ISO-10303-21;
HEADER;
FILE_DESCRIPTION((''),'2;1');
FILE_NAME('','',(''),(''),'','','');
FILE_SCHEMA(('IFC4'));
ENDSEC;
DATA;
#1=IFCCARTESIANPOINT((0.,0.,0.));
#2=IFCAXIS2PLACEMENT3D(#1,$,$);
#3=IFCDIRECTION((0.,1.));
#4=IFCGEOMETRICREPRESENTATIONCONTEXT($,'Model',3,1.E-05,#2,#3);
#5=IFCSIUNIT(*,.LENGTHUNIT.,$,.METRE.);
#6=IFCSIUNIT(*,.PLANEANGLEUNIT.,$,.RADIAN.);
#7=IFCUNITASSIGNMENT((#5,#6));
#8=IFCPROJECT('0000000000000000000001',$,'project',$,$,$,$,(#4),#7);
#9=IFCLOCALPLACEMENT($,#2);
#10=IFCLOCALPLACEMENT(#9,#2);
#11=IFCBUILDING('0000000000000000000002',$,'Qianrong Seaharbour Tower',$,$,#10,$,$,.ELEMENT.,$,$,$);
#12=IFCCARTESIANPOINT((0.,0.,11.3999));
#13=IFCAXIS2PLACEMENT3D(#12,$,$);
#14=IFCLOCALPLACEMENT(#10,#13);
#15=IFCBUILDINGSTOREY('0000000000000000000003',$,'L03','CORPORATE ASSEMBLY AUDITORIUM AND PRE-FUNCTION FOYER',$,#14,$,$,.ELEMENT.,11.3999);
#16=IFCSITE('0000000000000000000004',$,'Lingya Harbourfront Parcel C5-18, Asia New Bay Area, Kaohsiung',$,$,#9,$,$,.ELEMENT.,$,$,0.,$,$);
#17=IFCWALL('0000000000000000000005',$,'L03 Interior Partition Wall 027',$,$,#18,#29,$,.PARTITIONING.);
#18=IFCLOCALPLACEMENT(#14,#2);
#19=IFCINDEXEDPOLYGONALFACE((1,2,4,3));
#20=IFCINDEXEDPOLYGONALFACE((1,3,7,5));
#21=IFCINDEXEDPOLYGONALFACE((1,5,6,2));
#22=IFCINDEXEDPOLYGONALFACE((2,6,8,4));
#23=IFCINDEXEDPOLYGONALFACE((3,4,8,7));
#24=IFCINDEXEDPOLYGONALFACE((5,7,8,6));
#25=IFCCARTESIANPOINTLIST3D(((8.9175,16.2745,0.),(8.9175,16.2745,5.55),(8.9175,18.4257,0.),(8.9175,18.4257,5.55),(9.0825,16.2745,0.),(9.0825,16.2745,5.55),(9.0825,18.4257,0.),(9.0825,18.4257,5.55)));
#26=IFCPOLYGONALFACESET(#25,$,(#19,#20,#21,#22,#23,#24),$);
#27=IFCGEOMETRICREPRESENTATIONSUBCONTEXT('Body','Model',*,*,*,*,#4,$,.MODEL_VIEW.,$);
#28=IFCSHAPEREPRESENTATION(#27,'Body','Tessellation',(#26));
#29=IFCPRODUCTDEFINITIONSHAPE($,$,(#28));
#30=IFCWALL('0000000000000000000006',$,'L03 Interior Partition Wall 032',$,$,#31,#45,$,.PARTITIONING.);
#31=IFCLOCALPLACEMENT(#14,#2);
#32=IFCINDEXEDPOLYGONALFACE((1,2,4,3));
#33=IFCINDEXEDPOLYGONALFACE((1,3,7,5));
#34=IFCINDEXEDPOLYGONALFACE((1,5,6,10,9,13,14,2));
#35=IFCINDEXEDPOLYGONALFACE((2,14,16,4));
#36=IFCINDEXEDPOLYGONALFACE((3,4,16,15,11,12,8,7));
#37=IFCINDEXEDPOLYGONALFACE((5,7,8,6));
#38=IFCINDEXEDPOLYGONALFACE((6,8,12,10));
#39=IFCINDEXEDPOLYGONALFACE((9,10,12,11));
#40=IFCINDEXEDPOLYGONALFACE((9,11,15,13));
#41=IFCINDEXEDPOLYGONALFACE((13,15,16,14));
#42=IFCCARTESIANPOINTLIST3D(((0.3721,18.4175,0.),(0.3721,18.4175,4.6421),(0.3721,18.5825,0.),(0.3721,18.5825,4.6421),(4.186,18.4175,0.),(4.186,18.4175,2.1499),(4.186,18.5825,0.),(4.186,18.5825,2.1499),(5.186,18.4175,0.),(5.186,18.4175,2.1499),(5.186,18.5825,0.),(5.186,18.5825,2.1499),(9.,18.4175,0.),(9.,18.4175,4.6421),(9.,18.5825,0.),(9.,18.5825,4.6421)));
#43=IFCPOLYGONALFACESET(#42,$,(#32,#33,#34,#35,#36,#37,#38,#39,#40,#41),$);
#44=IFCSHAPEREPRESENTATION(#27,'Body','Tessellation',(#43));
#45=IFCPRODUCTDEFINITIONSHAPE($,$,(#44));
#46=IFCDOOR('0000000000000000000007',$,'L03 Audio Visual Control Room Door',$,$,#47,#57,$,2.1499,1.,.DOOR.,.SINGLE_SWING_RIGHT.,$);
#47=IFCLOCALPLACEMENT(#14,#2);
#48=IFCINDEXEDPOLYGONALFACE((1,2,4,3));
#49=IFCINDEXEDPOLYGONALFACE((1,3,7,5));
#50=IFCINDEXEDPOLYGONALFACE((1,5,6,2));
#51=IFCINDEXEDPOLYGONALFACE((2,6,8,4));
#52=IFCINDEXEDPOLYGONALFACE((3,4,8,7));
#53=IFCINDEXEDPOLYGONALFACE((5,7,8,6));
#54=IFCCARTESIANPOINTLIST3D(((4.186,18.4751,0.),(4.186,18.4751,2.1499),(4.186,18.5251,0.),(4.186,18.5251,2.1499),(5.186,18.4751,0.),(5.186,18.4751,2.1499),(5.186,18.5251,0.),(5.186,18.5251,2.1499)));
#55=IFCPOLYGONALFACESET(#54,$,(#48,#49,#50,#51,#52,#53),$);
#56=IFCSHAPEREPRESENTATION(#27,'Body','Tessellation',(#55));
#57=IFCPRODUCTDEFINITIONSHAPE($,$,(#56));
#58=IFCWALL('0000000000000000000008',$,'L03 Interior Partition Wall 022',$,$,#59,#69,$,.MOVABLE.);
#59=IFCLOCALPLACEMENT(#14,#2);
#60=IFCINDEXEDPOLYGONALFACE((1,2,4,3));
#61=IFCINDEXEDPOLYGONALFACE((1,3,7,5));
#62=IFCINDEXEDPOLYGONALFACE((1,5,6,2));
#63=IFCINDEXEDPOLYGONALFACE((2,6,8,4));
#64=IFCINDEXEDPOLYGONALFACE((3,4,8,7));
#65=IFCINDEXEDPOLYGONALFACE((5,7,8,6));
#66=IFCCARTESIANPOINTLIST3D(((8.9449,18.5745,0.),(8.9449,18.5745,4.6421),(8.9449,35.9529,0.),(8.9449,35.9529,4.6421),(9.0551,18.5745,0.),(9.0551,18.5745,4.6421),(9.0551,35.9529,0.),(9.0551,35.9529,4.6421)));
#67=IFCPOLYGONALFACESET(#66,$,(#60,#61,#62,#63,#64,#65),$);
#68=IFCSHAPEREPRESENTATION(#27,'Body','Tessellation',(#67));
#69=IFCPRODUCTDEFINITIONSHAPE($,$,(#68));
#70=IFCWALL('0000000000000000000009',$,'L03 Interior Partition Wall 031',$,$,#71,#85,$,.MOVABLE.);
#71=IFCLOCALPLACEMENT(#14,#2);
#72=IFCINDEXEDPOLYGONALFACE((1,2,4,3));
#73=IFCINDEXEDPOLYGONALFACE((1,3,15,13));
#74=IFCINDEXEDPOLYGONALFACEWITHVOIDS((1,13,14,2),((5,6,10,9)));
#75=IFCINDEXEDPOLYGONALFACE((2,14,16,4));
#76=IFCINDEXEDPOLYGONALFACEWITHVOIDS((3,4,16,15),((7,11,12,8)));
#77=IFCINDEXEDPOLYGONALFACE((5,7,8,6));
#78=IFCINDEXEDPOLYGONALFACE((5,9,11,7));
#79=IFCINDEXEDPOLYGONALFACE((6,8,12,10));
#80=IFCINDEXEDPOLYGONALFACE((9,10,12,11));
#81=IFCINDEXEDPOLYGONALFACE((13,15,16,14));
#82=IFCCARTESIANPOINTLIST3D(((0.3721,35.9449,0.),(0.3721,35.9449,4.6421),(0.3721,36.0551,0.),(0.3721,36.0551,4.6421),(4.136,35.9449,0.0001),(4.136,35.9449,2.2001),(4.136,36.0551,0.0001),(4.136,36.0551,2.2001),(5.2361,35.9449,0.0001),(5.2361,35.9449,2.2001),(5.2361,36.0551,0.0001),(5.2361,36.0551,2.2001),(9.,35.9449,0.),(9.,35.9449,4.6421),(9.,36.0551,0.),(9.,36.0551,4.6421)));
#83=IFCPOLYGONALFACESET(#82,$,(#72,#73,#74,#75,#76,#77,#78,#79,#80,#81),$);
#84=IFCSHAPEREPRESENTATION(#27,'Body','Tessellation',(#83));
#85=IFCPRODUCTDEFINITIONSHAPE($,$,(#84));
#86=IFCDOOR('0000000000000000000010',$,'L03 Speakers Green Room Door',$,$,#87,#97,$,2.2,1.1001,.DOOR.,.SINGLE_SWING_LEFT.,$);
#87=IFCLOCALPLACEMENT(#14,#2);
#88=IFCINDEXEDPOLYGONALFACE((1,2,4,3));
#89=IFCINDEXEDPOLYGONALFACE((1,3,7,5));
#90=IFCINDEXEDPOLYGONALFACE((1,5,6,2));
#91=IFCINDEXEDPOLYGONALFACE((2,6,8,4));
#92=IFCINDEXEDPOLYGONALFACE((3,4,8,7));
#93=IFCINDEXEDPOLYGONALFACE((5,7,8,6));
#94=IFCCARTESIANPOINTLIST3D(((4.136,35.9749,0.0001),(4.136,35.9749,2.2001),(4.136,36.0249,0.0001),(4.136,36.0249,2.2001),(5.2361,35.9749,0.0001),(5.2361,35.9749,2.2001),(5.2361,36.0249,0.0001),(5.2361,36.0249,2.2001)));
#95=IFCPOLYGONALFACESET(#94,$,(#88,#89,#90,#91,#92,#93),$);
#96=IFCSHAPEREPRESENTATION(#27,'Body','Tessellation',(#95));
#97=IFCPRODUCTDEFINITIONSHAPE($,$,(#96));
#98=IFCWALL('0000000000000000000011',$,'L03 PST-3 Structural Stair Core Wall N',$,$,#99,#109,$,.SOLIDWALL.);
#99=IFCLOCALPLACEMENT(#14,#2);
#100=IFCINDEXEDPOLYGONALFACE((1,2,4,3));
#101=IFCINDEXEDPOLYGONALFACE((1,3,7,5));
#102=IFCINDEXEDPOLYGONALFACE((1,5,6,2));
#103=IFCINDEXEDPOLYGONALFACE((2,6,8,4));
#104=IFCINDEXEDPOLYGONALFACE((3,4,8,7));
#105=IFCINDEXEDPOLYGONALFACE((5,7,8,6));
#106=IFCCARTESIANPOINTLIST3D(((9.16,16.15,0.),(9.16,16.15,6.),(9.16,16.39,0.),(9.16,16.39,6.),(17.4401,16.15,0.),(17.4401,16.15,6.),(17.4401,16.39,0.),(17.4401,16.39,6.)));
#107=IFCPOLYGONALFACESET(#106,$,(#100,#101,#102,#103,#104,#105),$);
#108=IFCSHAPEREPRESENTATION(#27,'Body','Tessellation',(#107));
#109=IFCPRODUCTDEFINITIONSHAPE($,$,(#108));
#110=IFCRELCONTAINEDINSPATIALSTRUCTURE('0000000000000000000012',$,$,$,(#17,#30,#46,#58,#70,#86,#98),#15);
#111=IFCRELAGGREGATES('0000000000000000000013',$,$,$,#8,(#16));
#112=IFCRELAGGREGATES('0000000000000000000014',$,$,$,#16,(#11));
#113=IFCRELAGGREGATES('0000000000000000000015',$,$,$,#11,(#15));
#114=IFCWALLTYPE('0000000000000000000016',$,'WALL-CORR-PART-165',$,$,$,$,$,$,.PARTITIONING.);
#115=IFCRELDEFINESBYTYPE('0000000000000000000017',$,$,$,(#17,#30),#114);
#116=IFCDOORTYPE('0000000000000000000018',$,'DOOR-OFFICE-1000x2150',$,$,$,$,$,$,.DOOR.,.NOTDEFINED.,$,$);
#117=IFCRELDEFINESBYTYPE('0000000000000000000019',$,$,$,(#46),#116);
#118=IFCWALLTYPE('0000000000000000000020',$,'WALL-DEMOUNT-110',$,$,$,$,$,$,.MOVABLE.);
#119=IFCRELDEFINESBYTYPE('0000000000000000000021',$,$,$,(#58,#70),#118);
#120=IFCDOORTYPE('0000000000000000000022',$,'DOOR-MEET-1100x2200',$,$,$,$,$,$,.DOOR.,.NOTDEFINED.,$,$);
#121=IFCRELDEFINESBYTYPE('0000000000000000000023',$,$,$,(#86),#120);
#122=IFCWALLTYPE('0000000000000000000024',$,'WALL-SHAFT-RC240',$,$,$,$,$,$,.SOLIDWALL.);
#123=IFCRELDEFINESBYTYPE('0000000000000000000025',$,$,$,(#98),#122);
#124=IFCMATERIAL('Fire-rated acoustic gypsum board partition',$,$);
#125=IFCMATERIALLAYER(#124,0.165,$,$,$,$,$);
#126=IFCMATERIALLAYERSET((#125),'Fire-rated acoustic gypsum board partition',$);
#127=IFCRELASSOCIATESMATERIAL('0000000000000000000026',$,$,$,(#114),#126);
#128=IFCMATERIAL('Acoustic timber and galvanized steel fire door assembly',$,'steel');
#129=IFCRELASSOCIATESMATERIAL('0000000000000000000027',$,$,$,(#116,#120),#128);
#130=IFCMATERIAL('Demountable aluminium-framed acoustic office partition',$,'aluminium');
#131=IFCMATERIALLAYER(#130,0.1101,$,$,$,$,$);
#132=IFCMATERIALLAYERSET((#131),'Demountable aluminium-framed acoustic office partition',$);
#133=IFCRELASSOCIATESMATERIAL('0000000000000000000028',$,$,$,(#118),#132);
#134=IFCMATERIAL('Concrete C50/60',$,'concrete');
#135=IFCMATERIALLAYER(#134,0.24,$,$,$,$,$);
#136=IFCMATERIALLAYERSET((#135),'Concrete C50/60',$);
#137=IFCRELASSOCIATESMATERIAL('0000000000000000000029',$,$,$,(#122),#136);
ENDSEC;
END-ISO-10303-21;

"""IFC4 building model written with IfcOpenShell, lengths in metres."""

from ifc_helpers import new_model, si_unit, direction, frame, frame_2d, origin, place, context, subcontext, project, spatial, rectangle, extrude, material, layer, layer_set, type_object, element, fill, save


model = new_model("IFC4")

# Units and contexts
model_context = context("Model", 3, precision=1e-05, world=origin(), true_north=direction((0.0, 1.0)))
body_context = subcontext(model_context, "Body", "Model", "MODEL_VIEW")
ifc_project = project(units=[si_unit("LENGTHUNIT", "METRE"), si_unit("PLANEANGLEUNIT", "RADIAN")], contexts=[model_context])

# Site, building, storey
site_placement = place(None, origin())
site = spatial("IfcSite", under=ifc_project, at=site_placement, Name="Lingya Harbourfront Parcel C5-18, Asia New Bay Area, Kaohsiung", CompositionType="ELEMENT", RefElevation=0.0)
building_placement = place(site_placement, origin())
building = spatial("IfcBuilding", under=site, at=building_placement, Name="Qianrong Seaharbour Tower", CompositionType="ELEMENT")
storey_placement = place(building_placement, frame((0.0, 0.0, 11.3999)))
storey = spatial("IfcBuildingStorey", under=building, at=storey_placement, Name="L03", Description="CORPORATE ASSEMBLY AUDITORIUM AND PRE-FUNCTION FOYER", CompositionType="ELEMENT", Elevation=11.3999)

# Shared definitions
ifc_material_1 = material(Name="Fire-rated acoustic gypsum board partition")
ifc_layer_1 = layer(ifc_material_1, 0.165)
ifc_layer_set_1 = layer_set([ifc_layer_1], Name="Fire-rated acoustic gypsum board partition")
wall_type_1 = type_object("IfcWallType", Name="WALL-CORR-PART-165", PredefinedType="PARTITIONING", material=ifc_layer_set_1)
ifc_material_2 = material(Name="Acoustic timber and galvanized steel fire door assembly", Category="steel")

# Wall
wall_1_placement = place(storey_placement, frame((9.0, 16.2744, 0.0), z_axis=(0.0, 0.0, 1.0), x_axis=(0.0, 1.0, 0.0)))
element("IfcWall", 1, at=wall_1_placement, inside=storey, type_object=wall_type_1, Name="L03 Interior Partition Wall 027", PredefinedType="PARTITIONING", context=body_context, shape_type="SweptSolid", body=[
    extrude(rectangle(XDim=2.1511, YDim=0.165, at=frame_2d((1.0757, 0.0))), origin(), (0.0, 0.0, 1.0), 5.55),
])

# Wall, opening, door
wall_2_placement = place(storey_placement, frame((9.0, 18.5, 0.0), z_axis=(0.0, 0.0, 1.0), x_axis=(-1.0, 0.0, 0.0)))
wall_2 = element("IfcWall", 2, at=wall_2_placement, inside=storey, type_object=wall_type_1, Name="L03 Interior Partition Wall 032", PredefinedType="PARTITIONING", context=body_context, shape_type="SweptSolid", body=[
    extrude(rectangle(XDim=8.6279, YDim=0.165, at=frame_2d((4.314, 0.0))), origin(), (0.0, 0.0, 1.0), 4.6421),
])
opening_1_placement = place(wall_2_placement, frame((3.814, 0.0, 0.0)))
opening_1 = element("IfcOpeningElement", 3, at=opening_1_placement, cuts=wall_2, PredefinedType="OPENING", context=body_context, shape_type="SweptSolid", body=[
    extrude(rectangle(XDim=1.0, YDim=2.1499, at=frame_2d((0.5, 1.075))), frame((0.0, 0.0925, 0.0), z_axis=(0.0, -1.0, 0.0), x_axis=(1.0, 0.0, 0.0)), (0.0, 0.0, 1.0), 0.1851),
])
door_type_1 = type_object("IfcDoorType", Name="DOOR-OFFICE-1000x2150", OperationType="NOTDEFINED", PredefinedType="DOOR", material=ifc_material_2)
door_1_placement = place(opening_1_placement, origin())
door_1 = element("IfcDoor", 4, at=door_1_placement, inside=storey, type_object=door_type_1, Name="L03 Audio Visual Control Room Door", OperationType="SINGLE_SWING_RIGHT", OverallHeight=2.1499, OverallWidth=1.0, PredefinedType="DOOR", context=body_context, shape_type="SweptSolid", body=[
    extrude(rectangle(XDim=1.0, YDim=2.1499, at=frame_2d((0.5, 1.075))), frame((0.0, 0.0249, 0.0), z_axis=(0.0, -1.0, 0.0), x_axis=(1.0, 0.0, 0.0)), (0.0, 0.0, 1.0), 0.05),
])
fill(opening_1, door_1)

# Wall
ifc_material_3 = material(Name="Demountable aluminium-framed acoustic office partition", Category="aluminium")
ifc_layer_2 = layer(ifc_material_3, 0.1101)
ifc_layer_set_2 = layer_set([ifc_layer_2], Name="Demountable aluminium-framed acoustic office partition")
wall_type_2 = type_object("IfcWallType", Name="WALL-DEMOUNT-110", PredefinedType="MOVABLE", material=ifc_layer_set_2)
wall_3_placement = place(storey_placement, frame((9.0, 18.5745, 0.0), z_axis=(0.0, 0.0, 1.0), x_axis=(0.0, 1.0, 0.0)))
element("IfcWall", 5, at=wall_3_placement, inside=storey, type_object=wall_type_2, Name="L03 Interior Partition Wall 022", PredefinedType="MOVABLE", context=body_context, shape_type="SweptSolid", body=[
    extrude(rectangle(XDim=17.3784, YDim=0.1101, at=frame_2d((8.6892, 0.0))), origin(), (0.0, 0.0, 1.0), 4.6421),
])

# Wall, opening, door
wall_4_placement = place(storey_placement, frame((0.3721, 36.0, 0.0), z_axis=(0.0, 0.0, 1.0), x_axis=(1.0, 0.0, 0.0)))
wall_4 = element("IfcWall", 6, at=wall_4_placement, inside=storey, type_object=wall_type_2, Name="L03 Interior Partition Wall 031", PredefinedType="MOVABLE", context=body_context, shape_type="SweptSolid", body=[
    extrude(rectangle(XDim=8.6279, YDim=0.1101, at=frame_2d((4.314, 0.0))), origin(), (0.0, 0.0, 1.0), 4.6421),
])
opening_2_placement = place(wall_4_placement, frame((3.7639, 0.0, 0.0)))
opening_2 = element("IfcOpeningElement", 7, at=opening_2_placement, cuts=wall_4, PredefinedType="OPENING", context=body_context, shape_type="SweptSolid", body=[
    extrude(rectangle(XDim=1.1001, YDim=2.2, at=frame_2d((0.55, 1.1001))), frame((0.0, 0.0649, 0.0), z_axis=(0.0, -1.0, 0.0), x_axis=(1.0, 0.0, 0.0)), (0.0, 0.0, 1.0), 0.1301),
])
door_type_2 = type_object("IfcDoorType", Name="DOOR-MEET-1100x2200", OperationType="NOTDEFINED", PredefinedType="DOOR", material=ifc_material_2)
door_2_placement = place(opening_2_placement, origin())
door_2 = element("IfcDoor", 8, at=door_2_placement, inside=storey, type_object=door_type_2, Name="L03 Speakers Green Room Door", OperationType="SINGLE_SWING_LEFT", OverallHeight=2.2, OverallWidth=1.1001, PredefinedType="DOOR", context=body_context, shape_type="SweptSolid", body=[
    extrude(rectangle(XDim=1.1001, YDim=2.2, at=frame_2d((0.55, 1.1001))), frame((0.0, 0.0249, 0.0), z_axis=(0.0, -1.0, 0.0), x_axis=(1.0, 0.0, 0.0)), (0.0, 0.0, 1.0), 0.05),
])
fill(opening_2, door_2)

# Wall
ifc_material_4 = material(Name="Concrete C50/60", Category="concrete")
ifc_layer_3 = layer(ifc_material_4, 0.24)
ifc_layer_set_3 = layer_set([ifc_layer_3], Name="Concrete C50/60")
wall_type_3 = type_object("IfcWallType", Name="WALL-SHAFT-RC240", PredefinedType="SOLIDWALL", material=ifc_layer_set_3)
wall_5_placement = place(storey_placement, frame((9.1599, 16.27, 0.0), z_axis=(0.0, 0.0, 1.0), x_axis=(1.0, 0.0, 0.0)))
element("IfcWall", 9, at=wall_5_placement, inside=storey, type_object=wall_type_3, Name="L03 PST-3 Structural Stair Core Wall N", PredefinedType="SOLIDWALL", context=body_context, shape_type="SweptSolid", body=[
    extrude(rectangle(XDim=8.28, YDim=0.24, at=frame_2d((4.1401, 0.0))), origin(), (0.0, 0.0, 1.0), 6.0),
])

save(model, "model.ifc")
